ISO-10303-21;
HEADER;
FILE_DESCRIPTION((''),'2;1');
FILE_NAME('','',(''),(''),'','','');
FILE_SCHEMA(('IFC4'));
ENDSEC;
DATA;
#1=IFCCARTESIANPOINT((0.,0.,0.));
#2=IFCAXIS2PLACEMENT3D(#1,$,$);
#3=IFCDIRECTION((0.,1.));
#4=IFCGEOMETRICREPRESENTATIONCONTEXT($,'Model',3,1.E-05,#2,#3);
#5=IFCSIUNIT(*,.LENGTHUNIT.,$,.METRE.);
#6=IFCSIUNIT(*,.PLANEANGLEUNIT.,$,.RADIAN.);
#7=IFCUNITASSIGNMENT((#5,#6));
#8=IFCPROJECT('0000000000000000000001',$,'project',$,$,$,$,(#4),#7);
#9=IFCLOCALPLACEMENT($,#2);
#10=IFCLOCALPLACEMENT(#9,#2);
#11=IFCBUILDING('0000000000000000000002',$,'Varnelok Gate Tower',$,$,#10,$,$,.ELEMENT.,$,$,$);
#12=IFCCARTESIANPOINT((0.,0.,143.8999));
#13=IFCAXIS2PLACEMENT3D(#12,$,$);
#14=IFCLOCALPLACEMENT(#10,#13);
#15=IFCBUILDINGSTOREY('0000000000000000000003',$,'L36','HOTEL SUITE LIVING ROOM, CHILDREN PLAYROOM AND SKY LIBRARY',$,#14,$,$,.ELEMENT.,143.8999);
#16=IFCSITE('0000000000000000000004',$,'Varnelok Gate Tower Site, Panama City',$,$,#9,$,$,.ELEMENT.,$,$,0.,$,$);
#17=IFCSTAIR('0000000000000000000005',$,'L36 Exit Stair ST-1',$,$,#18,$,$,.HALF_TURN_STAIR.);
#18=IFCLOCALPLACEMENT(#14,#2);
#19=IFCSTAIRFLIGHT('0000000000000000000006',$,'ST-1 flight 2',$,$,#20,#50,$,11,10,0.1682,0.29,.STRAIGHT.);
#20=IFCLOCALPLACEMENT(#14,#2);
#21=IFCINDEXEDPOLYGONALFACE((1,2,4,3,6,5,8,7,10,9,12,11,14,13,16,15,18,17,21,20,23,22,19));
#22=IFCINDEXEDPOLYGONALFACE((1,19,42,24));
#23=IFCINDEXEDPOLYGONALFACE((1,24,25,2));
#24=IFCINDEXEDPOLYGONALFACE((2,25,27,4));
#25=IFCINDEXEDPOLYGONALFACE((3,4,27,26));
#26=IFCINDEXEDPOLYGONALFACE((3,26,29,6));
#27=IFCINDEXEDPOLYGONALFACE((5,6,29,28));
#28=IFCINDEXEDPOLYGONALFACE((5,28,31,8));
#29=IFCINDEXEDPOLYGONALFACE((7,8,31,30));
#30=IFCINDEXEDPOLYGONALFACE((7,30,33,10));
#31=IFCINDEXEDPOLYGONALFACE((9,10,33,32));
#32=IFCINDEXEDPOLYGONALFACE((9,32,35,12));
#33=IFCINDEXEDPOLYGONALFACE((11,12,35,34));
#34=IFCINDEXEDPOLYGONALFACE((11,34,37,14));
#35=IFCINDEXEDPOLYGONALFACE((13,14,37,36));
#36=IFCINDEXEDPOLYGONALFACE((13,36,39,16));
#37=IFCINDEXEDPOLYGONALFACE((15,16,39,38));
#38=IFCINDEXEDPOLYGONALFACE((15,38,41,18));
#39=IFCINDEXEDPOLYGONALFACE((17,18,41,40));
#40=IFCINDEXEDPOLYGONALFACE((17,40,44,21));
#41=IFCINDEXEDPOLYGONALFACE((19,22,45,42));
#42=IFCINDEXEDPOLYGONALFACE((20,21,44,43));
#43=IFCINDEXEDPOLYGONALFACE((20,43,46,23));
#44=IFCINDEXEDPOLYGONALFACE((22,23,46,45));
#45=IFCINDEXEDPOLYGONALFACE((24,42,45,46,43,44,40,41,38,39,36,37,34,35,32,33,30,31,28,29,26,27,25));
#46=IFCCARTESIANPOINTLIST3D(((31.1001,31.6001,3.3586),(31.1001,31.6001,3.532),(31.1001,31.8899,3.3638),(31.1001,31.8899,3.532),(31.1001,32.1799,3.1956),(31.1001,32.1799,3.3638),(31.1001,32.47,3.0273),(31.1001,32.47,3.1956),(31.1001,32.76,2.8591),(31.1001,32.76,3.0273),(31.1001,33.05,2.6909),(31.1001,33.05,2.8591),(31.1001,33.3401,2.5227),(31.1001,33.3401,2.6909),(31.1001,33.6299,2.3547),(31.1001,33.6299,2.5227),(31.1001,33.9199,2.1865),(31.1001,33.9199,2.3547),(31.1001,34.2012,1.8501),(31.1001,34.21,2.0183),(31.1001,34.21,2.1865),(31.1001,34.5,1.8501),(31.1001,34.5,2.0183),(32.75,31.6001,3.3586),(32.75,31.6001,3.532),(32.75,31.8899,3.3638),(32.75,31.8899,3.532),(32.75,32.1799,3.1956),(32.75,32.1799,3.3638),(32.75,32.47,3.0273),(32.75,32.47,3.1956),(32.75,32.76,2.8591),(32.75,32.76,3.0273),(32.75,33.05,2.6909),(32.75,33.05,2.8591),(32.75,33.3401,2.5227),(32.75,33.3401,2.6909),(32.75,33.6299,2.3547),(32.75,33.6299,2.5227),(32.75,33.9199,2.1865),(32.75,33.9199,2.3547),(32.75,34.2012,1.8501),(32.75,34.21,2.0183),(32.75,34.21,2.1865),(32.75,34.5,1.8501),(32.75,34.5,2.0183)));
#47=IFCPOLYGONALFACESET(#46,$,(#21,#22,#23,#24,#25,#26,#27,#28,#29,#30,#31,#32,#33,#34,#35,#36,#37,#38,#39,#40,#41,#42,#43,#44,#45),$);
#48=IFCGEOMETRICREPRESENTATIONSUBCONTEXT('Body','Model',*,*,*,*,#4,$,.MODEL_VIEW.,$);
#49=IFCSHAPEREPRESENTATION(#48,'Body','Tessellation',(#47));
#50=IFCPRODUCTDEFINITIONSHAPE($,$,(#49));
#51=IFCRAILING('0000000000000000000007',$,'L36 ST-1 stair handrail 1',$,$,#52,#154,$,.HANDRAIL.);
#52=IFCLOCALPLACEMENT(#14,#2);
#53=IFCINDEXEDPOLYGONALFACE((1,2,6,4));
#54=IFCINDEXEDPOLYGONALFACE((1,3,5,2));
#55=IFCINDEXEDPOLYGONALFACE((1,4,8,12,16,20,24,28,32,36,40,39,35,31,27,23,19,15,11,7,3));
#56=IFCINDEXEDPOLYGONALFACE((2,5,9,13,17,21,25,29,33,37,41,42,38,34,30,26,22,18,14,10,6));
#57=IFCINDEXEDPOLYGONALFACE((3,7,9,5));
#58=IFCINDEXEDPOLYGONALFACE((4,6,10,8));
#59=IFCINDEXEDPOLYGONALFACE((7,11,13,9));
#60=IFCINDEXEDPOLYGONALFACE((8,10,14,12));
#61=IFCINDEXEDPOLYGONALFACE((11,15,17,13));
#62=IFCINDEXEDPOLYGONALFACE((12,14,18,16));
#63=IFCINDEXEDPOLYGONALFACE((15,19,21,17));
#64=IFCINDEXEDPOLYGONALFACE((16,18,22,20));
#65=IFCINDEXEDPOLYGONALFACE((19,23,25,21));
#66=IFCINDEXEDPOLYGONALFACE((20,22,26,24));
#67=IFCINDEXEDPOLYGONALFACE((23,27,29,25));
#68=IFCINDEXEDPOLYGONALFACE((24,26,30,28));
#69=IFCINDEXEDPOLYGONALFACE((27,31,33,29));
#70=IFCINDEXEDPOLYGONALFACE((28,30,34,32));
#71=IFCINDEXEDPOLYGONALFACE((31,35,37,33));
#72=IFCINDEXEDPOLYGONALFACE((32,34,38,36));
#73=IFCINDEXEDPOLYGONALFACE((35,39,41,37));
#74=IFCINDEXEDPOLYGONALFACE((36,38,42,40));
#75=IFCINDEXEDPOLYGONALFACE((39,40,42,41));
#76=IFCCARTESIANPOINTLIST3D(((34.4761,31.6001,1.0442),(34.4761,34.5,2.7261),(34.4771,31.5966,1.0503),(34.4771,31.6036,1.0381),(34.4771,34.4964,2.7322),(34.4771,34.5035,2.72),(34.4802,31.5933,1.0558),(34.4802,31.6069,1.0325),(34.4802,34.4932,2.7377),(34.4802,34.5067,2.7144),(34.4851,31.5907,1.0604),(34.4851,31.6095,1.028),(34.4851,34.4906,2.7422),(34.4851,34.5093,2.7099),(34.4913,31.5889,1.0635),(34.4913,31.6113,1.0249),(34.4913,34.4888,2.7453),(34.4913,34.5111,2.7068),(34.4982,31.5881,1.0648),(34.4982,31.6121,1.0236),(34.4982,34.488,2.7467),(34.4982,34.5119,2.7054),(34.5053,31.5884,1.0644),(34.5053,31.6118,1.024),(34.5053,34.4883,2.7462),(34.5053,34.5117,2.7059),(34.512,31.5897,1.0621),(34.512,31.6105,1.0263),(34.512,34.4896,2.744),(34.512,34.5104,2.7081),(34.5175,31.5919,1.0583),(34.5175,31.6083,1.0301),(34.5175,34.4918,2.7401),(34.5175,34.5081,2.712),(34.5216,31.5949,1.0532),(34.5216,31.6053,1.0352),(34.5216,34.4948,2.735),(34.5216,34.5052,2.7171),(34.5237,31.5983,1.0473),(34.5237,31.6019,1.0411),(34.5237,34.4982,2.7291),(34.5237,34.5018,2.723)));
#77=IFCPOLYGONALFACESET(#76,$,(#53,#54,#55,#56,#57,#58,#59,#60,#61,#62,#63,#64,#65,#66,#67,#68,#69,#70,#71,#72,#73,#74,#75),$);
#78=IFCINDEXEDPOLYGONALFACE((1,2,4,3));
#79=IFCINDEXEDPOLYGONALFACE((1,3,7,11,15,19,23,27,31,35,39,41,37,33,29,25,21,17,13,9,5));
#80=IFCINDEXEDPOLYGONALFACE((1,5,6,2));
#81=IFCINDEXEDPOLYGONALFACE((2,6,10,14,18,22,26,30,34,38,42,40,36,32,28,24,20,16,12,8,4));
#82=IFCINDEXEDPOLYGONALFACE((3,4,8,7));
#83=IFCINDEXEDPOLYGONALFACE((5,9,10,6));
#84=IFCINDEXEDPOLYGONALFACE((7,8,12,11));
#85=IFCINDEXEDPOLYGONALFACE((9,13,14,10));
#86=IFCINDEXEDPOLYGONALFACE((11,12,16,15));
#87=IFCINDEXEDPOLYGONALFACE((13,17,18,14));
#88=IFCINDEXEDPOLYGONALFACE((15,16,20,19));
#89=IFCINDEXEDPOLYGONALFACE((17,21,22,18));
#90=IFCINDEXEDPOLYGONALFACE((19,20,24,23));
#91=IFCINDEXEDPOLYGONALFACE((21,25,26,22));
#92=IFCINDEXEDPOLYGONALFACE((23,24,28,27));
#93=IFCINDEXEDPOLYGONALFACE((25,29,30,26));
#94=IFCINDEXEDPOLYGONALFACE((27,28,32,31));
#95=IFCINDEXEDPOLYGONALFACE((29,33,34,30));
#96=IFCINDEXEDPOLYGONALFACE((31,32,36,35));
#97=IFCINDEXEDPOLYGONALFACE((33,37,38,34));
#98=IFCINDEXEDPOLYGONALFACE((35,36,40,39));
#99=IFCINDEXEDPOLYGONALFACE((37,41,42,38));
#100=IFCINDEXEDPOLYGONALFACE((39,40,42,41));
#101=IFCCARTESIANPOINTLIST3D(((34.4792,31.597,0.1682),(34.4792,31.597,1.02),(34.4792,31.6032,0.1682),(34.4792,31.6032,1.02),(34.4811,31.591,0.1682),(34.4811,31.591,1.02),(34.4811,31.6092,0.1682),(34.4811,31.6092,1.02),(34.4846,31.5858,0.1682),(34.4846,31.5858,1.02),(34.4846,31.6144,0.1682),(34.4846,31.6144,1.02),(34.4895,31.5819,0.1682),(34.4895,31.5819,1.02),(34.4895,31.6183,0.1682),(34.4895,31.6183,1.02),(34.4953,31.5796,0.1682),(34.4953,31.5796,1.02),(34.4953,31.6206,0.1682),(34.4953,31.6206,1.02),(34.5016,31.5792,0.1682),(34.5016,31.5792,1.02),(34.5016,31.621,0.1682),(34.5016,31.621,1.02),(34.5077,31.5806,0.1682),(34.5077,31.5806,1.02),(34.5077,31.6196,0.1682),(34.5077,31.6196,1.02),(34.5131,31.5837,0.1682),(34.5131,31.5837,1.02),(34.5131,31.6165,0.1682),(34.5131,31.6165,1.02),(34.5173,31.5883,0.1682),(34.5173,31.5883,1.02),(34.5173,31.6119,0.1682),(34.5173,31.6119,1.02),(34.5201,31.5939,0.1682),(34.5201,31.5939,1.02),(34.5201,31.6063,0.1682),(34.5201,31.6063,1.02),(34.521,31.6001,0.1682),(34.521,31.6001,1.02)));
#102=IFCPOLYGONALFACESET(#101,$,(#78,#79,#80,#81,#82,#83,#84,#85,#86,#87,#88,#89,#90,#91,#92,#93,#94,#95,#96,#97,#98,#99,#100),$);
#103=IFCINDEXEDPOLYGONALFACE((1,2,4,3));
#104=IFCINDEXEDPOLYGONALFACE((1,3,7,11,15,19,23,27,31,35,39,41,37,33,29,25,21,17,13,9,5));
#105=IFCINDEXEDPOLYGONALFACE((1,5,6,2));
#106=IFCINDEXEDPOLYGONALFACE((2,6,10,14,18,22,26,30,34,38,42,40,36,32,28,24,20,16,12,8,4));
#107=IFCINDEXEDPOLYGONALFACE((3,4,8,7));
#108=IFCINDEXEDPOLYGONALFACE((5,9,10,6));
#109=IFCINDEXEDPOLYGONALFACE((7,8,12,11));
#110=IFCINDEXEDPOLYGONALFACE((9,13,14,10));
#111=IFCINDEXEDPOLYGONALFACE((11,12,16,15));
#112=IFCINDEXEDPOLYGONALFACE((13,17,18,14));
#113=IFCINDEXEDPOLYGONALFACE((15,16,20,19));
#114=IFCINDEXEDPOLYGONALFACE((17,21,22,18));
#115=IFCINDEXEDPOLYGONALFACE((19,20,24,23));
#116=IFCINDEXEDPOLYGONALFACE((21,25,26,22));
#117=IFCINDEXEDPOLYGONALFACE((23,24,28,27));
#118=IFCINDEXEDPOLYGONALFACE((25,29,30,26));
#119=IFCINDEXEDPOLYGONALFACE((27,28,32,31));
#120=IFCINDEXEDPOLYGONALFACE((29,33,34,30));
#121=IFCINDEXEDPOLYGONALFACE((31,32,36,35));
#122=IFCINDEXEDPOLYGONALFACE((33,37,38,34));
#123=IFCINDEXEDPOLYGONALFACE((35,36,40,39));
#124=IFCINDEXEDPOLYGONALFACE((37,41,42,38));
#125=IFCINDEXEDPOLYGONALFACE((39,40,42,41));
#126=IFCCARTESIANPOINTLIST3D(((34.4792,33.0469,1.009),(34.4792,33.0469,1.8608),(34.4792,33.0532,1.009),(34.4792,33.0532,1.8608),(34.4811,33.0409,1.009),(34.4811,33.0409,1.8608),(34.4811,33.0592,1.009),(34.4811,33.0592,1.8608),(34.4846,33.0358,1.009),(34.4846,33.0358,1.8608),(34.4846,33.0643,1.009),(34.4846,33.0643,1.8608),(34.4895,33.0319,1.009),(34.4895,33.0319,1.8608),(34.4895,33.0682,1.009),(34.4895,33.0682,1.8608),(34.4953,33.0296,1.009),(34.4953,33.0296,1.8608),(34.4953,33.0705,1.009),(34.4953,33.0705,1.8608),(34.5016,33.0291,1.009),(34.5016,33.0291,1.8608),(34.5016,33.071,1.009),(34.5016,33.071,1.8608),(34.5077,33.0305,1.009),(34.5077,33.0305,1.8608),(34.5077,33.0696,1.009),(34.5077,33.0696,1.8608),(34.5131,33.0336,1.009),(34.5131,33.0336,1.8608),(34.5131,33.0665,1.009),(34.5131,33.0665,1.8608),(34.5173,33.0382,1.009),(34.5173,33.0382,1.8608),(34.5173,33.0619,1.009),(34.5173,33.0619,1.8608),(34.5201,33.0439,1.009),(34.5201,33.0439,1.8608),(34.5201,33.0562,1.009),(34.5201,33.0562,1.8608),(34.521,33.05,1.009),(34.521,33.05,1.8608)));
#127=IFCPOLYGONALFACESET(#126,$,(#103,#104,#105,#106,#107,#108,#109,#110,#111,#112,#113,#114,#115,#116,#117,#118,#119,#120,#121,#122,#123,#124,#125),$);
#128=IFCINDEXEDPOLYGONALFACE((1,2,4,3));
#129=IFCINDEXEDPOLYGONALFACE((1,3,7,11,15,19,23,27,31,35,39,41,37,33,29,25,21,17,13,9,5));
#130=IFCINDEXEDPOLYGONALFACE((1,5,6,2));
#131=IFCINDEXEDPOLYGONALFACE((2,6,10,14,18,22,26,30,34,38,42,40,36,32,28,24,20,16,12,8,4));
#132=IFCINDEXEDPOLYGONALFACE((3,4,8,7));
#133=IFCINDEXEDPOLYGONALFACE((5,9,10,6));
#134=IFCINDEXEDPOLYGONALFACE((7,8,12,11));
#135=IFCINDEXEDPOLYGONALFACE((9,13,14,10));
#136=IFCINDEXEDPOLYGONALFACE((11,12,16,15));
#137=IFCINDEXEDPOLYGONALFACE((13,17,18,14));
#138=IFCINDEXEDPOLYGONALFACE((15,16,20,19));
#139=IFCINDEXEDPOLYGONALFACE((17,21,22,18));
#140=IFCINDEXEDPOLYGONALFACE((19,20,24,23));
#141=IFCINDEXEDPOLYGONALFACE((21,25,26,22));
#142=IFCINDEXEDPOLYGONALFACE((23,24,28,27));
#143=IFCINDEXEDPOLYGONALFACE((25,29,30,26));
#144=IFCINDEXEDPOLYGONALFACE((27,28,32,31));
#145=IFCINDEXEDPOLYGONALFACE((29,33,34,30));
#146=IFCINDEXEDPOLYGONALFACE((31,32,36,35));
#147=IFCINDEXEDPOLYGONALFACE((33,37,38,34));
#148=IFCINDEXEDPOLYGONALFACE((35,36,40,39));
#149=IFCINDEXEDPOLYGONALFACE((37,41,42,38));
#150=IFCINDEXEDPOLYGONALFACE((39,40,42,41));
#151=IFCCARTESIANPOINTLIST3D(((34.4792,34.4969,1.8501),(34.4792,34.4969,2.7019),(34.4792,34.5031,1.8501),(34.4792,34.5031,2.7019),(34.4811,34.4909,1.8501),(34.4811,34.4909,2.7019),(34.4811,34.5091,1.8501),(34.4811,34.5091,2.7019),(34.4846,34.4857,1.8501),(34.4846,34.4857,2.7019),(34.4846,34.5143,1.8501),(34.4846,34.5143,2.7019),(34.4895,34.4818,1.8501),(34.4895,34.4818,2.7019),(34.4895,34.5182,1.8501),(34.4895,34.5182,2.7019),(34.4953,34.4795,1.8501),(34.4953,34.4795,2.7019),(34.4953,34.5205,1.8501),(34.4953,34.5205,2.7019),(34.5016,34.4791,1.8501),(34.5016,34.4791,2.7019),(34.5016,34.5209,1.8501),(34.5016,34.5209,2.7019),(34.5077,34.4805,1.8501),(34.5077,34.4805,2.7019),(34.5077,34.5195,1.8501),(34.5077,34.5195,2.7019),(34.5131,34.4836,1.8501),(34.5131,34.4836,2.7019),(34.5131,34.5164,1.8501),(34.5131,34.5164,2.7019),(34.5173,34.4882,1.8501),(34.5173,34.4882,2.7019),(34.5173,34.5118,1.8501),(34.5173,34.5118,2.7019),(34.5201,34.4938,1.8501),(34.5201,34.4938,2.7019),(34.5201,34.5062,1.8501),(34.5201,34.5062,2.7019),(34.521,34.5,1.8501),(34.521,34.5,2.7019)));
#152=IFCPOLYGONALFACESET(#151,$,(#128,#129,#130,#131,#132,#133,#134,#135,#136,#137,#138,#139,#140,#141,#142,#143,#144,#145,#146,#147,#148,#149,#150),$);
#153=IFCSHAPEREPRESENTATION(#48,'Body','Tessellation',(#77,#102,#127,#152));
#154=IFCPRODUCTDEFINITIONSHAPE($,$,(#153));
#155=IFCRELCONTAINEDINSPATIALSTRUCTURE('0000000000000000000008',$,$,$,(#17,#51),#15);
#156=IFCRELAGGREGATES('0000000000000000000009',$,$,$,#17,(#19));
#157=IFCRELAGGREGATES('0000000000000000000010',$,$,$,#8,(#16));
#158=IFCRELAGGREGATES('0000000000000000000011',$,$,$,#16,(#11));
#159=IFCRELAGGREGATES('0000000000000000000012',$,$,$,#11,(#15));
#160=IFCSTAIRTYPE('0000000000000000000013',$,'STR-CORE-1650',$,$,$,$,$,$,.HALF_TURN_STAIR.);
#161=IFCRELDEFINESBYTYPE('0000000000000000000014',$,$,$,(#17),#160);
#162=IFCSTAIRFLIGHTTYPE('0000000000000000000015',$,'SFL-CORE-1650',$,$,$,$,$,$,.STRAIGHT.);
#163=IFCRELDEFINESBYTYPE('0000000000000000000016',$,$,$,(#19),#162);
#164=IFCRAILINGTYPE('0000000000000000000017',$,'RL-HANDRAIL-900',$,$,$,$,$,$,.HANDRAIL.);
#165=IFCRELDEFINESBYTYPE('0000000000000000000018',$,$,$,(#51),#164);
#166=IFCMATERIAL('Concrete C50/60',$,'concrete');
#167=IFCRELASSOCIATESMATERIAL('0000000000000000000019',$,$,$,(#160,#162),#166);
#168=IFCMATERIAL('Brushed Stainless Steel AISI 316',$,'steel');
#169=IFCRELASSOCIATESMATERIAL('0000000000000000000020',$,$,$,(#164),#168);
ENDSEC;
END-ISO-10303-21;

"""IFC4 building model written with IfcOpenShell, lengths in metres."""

from ifc_helpers import new_model, si_unit, direction, frame, origin, origin_2d, place, context, subcontext, project, spatial, polyline, circle, outline, extrude, material, type_object, element, aggregate, save


model = new_model("IFC4")

# Units and contexts
model_context = context("Model", 3, precision=1e-05, world=origin(), true_north=direction((0.0, 1.0)))
body_context = subcontext(model_context, "Body", "Model", "MODEL_VIEW")
ifc_project = project(units=[si_unit("LENGTHUNIT", "METRE"), si_unit("PLANEANGLEUNIT", "RADIAN")], contexts=[model_context])

# Site, building, storey
site_placement = place(None, origin())
site = spatial("IfcSite", under=ifc_project, at=site_placement, Name="Varnelok Gate Tower Site, Panama City", CompositionType="ELEMENT", RefElevation=0.0)
building_placement = place(site_placement, origin())
building = spatial("IfcBuilding", under=site, at=building_placement, Name="Varnelok Gate Tower", CompositionType="ELEMENT")
storey_placement = place(building_placement, frame((0.0, 0.0, 143.8999)))
storey = spatial("IfcBuildingStorey", under=building, at=storey_placement, Name="L36", Description="HOTEL SUITE LIVING ROOM, CHILDREN PLAYROOM AND SKY LIBRARY", CompositionType="ELEMENT", Elevation=143.8999)

# Stair, stair flight
ifc_material_1 = material(Name="Concrete C50/60", Category="concrete")
stair_type = type_object("IfcStairType", Name="STR-CORE-1650", PredefinedType="HALF_TURN_STAIR", material=ifc_material_1)
stair_placement = place(storey_placement, origin())
stair = element("IfcStair", 1, at=stair_placement, inside=storey, type_object=stair_type, Name="L36 Exit Stair ST-1", PredefinedType="HALF_TURN_STAIR")
stair_flight_type = type_object("IfcStairFlightType", Name="SFL-CORE-1650", PredefinedType="STRAIGHT", material=ifc_material_1)
stair_flight_1_placement = place(storey_placement, frame((31.925, 34.5, 1.8501), z_axis=(0.0, 0.0, 1.0), x_axis=(0.0, -1.0, 0.0)))
stair_flight_1 = element("IfcStairFlight", 2, at=stair_flight_1_placement, type_object=stair_flight_type, Name="ST-1 flight 2", NumberOfRisers=11, NumberOfTreads=10, PredefinedType="STRAIGHT", RiserHeight=0.1682, TreadLength=0.29, context=body_context, shape_type="SweptSolid", body=[
    extrude(outline(polyline([(0.0, 0.0), (0.0, 0.1682), (0.29, 0.1682), (0.29, 0.3364), (0.5801, 0.3364), (0.5801, 0.5046), (0.8701, 0.5046), (0.8701, 0.6726), (1.1599, 0.6726), (1.1599, 0.8408), (1.45, 0.8408), (1.45, 1.009), (1.74, 1.009), (1.74, 1.1772), (2.03, 1.1772), (2.03, 1.3455), (2.3201, 1.3455), (2.3201, 1.5137), (2.6101, 1.5137), (2.6101, 1.6819), (2.8999, 1.6819), (2.8999, 1.8501), (2.8999, 1.5085), (0.2988, 0.0), (0.0, 0.0)])), frame((0.0, 0.825, 0.0), z_axis=(0.0, -1.0, 0.0), x_axis=(1.0, 0.0, 0.0)), (0.0, 0.0, 1.0), 1.6499),
])
aggregate(stair, [stair_flight_1])

# Railing
ifc_material_2 = material(Name="Brushed Stainless Steel AISI 316", Category="steel")
railing_type_1 = type_object("IfcRailingType", Name="RL-HANDRAIL-900", PredefinedType="HANDRAIL", material=ifc_material_2)
railing_1_placement = place(storey_placement, frame((34.5, 31.6001, 0.1682)))
element("IfcRailing", 3, at=railing_1_placement, inside=storey, type_object=railing_type_1, Name="L36 ST-1 stair handrail 1", PredefinedType="HANDRAIL", context=body_context, shape_type="SweptSolid", body=[
    extrude(circle(Radius=0.0239, at=origin_2d()), frame((0.0, 0.0, 0.876), z_axis=(0.0, 0.865039, 0.501705), x_axis=(-1.0, 0.0, 0.0)), (0.0, 0.0, 1.0), 3.3523),
    extrude(circle(Radius=0.021, at=origin_2d()), origin(), (0.0, 0.0, 1.0), 0.8518),
    extrude(circle(Radius=0.021, at=origin_2d()), frame((0.0, 1.45, 0.8408)), (0.0, 0.0, 1.0), 0.8518),
    extrude(circle(Radius=0.021, at=origin_2d()), frame((0.0, 2.8999, 1.6819)), (0.0, 0.0, 1.0), 0.8518),
])

save(model, "model.ifc")
